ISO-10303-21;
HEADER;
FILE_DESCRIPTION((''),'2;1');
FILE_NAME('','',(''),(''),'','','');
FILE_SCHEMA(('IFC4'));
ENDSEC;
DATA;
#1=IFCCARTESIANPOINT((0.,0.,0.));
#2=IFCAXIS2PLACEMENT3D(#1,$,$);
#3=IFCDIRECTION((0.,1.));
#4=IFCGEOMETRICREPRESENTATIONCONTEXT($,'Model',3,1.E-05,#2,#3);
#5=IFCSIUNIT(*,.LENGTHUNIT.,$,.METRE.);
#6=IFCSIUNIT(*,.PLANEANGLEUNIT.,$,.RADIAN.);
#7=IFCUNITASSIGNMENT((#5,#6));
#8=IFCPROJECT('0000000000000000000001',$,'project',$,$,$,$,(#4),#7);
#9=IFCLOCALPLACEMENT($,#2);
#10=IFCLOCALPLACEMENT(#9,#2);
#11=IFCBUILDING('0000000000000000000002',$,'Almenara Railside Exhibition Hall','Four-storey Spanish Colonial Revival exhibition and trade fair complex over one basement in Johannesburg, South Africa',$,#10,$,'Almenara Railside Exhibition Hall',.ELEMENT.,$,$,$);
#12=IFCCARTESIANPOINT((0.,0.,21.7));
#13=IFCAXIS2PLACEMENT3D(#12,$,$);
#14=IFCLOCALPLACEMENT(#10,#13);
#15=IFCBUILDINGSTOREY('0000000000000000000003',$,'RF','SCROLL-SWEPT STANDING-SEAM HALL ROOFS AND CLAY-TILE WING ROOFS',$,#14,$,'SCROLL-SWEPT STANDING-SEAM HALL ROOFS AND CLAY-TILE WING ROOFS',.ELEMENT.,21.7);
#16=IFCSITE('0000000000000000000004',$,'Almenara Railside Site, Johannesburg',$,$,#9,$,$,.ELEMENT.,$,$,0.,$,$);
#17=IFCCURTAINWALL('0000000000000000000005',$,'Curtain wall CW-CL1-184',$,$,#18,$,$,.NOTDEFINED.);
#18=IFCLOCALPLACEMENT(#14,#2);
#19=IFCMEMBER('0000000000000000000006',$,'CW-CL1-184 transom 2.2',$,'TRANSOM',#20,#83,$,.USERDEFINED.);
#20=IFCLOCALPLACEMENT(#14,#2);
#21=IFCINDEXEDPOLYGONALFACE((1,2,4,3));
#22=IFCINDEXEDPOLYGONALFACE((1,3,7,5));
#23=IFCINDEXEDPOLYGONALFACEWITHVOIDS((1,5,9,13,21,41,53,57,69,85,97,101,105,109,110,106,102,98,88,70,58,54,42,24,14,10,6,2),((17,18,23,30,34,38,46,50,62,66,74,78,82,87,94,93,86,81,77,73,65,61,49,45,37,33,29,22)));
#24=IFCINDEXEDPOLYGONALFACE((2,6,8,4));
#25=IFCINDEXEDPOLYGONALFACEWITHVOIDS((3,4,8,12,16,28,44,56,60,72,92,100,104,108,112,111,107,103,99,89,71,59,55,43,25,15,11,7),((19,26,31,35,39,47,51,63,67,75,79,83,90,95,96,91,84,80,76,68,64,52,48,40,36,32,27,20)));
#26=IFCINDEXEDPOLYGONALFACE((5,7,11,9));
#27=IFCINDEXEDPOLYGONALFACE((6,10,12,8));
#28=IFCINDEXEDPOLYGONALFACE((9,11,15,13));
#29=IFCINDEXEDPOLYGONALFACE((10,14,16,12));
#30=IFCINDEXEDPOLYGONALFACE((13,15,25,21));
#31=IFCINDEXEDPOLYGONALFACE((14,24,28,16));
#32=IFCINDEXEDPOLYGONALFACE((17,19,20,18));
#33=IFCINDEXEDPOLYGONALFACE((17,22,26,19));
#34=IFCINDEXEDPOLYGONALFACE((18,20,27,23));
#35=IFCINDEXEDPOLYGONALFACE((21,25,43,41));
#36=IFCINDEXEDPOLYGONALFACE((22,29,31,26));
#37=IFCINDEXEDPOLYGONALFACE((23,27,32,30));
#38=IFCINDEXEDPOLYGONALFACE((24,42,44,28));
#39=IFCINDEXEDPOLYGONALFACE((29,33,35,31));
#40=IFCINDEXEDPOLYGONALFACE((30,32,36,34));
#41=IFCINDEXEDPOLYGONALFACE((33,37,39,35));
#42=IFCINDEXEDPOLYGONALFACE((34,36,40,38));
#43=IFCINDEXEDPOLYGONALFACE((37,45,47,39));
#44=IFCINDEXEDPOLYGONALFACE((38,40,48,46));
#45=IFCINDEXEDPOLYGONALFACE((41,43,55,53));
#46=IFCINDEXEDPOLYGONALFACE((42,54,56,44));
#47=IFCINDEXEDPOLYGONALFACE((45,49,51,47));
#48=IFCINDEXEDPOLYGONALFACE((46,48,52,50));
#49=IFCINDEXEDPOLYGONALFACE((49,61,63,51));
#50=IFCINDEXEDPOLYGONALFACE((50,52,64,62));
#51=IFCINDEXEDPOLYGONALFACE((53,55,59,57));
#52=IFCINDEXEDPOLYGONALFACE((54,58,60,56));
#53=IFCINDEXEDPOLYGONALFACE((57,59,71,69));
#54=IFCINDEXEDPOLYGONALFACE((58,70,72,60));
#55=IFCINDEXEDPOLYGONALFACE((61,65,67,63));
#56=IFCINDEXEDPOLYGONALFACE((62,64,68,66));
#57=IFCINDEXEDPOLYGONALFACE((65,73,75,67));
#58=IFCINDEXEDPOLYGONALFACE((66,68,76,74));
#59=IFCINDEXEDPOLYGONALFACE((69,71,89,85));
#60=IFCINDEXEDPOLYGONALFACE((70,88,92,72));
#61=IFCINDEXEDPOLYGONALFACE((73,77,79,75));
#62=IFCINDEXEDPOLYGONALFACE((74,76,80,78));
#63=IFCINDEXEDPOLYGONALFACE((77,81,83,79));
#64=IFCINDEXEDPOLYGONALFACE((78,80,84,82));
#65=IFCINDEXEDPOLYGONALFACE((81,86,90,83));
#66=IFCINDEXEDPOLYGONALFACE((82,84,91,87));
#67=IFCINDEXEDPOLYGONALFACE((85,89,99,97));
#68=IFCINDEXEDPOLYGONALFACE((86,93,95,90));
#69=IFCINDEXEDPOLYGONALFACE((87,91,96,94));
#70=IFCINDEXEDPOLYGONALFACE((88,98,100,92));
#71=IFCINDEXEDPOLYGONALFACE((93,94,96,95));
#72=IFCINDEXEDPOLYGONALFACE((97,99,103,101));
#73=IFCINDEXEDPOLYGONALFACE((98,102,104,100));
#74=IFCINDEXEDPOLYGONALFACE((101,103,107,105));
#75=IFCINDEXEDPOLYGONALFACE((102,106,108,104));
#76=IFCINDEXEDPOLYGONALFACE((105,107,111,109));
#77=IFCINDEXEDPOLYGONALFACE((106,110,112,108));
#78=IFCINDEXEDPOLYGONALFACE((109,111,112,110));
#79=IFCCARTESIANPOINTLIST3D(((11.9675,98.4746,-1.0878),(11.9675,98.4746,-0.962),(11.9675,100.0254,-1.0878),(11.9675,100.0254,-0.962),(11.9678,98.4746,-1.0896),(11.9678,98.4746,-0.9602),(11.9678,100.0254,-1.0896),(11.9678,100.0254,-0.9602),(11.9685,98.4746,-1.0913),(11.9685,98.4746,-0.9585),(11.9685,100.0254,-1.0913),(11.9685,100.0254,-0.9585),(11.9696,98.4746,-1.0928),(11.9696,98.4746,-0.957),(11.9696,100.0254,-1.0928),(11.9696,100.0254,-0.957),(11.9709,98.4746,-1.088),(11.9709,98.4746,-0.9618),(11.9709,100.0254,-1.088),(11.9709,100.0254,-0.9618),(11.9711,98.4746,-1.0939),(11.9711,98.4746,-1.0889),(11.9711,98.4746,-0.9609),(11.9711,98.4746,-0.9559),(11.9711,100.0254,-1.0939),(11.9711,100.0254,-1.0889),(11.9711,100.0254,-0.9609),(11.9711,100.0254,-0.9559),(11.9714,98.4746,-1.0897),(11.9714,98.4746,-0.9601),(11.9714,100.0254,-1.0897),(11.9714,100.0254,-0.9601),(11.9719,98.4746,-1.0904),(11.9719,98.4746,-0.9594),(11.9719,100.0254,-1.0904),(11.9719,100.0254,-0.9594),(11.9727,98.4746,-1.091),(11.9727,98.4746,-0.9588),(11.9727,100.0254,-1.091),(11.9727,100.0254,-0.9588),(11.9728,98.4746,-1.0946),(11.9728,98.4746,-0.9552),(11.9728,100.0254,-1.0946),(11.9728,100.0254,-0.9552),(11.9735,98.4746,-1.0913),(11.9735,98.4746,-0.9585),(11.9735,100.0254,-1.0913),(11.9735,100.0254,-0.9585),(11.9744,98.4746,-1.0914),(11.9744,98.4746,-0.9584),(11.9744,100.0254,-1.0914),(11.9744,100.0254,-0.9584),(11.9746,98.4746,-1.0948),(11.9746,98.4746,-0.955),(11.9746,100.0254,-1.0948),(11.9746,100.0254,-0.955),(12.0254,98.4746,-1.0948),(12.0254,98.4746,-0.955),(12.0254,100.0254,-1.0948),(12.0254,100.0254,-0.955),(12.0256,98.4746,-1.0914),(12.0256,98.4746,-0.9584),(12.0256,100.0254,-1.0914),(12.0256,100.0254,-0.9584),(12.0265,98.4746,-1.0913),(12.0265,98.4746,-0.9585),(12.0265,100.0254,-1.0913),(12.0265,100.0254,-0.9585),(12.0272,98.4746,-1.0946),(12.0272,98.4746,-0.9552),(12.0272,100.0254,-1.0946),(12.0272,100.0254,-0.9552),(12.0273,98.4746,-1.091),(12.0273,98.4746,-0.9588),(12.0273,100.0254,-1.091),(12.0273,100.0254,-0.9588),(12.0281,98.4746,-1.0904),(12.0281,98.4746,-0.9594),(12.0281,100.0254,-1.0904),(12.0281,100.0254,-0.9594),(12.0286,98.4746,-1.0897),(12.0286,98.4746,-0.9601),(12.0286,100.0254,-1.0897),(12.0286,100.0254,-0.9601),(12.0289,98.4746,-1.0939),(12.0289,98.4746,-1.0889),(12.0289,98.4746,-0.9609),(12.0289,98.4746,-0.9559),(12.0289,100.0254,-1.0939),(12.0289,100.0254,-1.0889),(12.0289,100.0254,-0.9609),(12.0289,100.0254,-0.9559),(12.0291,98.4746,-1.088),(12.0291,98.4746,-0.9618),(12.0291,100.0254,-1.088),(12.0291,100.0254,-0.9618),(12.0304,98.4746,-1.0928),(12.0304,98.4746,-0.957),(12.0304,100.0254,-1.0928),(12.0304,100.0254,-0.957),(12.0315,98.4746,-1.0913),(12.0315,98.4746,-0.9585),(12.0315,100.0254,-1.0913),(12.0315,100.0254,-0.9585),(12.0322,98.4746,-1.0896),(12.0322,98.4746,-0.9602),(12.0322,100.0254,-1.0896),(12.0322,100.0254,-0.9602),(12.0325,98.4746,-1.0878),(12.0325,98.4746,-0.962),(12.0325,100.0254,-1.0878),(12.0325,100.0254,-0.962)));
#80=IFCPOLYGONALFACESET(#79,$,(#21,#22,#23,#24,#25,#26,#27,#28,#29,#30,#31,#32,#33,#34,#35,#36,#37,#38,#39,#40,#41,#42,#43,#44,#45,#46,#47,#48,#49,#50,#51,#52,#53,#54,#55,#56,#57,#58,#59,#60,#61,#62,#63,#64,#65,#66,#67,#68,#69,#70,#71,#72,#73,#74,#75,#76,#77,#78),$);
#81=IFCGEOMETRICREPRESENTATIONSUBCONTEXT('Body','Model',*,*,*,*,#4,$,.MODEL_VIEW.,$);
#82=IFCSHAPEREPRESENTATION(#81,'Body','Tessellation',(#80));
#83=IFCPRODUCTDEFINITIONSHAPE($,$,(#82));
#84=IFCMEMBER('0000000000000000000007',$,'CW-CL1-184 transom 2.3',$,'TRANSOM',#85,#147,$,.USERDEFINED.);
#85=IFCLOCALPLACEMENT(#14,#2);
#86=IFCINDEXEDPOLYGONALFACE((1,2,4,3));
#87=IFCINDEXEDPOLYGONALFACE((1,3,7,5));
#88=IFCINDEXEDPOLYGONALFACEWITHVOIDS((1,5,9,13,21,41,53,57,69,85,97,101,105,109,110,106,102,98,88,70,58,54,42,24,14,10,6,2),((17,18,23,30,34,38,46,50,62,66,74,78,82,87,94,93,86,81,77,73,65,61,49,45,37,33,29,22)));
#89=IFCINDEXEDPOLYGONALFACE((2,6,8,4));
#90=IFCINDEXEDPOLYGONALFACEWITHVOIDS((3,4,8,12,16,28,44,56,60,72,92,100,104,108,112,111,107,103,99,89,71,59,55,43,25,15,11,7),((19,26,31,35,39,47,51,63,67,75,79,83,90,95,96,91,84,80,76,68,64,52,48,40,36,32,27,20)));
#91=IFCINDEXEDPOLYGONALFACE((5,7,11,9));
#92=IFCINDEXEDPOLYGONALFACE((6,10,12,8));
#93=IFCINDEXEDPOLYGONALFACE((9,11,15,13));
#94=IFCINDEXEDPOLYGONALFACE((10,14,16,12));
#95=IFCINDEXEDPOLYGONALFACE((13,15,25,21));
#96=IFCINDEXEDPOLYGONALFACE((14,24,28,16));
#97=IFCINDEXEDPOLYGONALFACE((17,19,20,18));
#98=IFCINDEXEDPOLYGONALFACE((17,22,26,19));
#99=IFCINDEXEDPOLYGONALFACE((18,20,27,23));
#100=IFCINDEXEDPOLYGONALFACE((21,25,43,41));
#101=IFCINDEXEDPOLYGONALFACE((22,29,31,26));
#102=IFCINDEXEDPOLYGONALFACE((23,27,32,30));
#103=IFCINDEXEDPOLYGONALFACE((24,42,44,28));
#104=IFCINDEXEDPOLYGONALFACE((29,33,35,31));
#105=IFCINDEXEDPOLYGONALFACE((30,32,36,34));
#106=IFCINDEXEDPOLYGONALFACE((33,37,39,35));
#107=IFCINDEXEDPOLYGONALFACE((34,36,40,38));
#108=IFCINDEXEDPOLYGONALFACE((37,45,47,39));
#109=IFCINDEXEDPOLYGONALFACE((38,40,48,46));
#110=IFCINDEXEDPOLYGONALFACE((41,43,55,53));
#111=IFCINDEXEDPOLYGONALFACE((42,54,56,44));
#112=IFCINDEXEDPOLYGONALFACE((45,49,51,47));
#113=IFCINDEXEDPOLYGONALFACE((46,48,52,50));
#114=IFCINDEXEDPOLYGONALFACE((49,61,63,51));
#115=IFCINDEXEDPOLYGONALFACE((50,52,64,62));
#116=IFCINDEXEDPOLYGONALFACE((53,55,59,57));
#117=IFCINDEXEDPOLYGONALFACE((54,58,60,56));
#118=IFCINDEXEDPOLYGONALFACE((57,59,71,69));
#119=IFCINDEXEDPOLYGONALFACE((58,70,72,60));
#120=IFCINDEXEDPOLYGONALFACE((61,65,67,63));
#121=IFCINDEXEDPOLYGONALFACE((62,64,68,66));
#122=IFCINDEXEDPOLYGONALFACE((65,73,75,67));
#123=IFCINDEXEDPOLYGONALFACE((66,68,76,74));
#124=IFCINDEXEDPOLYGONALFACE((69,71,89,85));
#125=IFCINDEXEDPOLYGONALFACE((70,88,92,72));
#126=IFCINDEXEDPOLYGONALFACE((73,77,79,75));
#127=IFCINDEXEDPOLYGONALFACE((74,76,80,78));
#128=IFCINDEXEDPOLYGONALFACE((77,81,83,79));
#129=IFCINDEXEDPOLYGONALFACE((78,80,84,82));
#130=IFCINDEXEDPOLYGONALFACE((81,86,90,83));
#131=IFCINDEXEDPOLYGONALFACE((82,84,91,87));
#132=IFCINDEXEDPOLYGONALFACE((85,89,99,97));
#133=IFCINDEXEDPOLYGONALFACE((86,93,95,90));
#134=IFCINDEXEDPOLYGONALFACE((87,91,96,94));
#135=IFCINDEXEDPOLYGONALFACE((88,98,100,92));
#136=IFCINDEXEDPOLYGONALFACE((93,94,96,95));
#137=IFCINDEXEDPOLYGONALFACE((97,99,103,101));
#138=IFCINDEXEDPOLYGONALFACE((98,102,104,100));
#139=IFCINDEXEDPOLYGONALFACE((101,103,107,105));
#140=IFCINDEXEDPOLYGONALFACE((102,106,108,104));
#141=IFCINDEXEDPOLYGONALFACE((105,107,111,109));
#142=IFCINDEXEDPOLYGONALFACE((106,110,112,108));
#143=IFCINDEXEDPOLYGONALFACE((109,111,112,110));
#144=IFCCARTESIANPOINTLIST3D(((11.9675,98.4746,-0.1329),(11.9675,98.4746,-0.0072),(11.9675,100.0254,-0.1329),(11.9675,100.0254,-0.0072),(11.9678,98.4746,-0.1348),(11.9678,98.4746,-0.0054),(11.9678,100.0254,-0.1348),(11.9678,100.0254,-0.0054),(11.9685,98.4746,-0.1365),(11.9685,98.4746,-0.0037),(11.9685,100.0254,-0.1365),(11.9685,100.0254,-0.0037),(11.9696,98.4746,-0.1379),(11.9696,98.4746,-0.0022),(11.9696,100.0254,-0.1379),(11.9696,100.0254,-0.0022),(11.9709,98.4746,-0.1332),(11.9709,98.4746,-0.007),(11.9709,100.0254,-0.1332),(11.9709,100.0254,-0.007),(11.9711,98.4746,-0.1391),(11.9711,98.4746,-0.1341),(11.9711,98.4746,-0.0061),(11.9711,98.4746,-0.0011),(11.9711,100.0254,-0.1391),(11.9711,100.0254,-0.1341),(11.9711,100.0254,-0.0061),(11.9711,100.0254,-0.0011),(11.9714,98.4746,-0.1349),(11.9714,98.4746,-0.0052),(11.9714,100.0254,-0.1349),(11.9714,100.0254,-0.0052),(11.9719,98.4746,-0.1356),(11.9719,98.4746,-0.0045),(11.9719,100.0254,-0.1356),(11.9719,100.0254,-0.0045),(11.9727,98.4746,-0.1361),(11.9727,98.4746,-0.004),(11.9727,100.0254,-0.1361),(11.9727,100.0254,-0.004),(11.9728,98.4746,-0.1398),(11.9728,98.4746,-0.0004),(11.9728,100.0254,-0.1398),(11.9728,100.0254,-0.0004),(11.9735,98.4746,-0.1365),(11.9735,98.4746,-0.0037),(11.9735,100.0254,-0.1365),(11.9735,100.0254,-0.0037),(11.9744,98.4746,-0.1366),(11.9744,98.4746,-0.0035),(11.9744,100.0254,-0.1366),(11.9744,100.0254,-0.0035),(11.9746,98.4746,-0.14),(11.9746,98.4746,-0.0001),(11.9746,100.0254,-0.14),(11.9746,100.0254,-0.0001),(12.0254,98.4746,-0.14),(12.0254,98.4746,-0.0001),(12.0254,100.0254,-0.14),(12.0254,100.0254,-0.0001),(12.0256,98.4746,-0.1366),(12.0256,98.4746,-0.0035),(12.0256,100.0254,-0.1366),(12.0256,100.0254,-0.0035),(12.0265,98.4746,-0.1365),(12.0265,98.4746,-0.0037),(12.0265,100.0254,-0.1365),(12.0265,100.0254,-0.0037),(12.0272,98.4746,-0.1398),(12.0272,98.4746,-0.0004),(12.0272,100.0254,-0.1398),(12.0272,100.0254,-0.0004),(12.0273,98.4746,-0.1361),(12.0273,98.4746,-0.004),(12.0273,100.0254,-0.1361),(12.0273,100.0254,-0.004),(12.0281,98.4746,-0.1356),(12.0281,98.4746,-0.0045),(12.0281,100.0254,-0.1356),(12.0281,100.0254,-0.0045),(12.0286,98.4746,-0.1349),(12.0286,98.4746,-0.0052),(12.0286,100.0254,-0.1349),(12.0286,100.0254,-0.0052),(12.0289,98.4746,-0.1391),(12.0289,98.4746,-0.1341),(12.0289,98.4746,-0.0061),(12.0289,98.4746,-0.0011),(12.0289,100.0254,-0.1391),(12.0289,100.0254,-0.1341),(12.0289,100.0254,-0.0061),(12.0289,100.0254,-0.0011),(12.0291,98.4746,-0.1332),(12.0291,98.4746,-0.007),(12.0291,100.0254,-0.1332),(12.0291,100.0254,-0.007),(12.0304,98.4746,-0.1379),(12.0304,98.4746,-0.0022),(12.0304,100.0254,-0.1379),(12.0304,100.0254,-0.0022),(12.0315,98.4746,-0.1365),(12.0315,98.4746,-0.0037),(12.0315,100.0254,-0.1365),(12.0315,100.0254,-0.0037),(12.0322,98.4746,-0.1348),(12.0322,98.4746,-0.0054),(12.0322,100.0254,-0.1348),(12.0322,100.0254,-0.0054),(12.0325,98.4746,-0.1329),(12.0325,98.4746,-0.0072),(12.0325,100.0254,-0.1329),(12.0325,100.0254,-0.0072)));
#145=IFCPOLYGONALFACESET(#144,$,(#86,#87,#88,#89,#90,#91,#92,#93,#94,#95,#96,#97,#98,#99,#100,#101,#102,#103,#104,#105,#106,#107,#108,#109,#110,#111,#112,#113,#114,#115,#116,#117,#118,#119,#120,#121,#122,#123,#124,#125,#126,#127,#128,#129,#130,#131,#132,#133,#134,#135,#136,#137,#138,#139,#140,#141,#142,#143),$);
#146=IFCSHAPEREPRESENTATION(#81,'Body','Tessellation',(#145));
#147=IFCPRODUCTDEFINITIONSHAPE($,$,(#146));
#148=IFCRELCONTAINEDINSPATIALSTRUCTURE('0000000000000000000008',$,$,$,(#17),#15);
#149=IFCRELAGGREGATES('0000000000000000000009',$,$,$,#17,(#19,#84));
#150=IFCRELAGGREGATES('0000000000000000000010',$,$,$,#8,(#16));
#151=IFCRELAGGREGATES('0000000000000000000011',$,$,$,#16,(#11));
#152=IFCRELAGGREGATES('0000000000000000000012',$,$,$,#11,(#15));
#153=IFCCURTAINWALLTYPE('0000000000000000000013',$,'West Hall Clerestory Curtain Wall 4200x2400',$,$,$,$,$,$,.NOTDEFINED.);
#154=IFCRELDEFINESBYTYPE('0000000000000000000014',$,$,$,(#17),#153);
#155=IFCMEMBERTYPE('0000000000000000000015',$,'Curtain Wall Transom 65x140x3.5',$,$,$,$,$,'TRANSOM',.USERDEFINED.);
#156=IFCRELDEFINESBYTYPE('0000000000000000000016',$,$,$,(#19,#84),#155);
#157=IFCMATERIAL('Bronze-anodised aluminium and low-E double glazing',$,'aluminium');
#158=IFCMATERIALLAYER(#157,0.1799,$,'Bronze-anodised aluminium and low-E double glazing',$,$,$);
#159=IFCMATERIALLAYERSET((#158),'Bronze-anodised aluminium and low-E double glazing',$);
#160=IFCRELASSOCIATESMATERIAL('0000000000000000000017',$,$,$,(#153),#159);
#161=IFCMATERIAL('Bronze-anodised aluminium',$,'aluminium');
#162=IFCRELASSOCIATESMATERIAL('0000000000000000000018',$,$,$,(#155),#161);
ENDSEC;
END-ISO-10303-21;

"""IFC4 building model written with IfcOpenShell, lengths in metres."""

from ifc_helpers import new_model, si_unit, direction, frame, origin, origin_2d, place, context, subcontext, project, spatial, hollow_rectangle, extrude, material, layer, layer_set, material_profile, profile_set, type_object, element, aggregate, save


model = new_model("IFC4")

# Units and contexts
model_context = context("Model", 3, precision=1e-05, world=origin(), true_north=direction((0.0, 1.0)))
body_context = subcontext(model_context, "Body", "Model", "MODEL_VIEW")
ifc_project = project(units=[si_unit("LENGTHUNIT", "METRE"), si_unit("PLANEANGLEUNIT", "RADIAN")], contexts=[model_context])

# Site, building, storey
site_placement = place(None, origin())
site = spatial("IfcSite", under=ifc_project, at=site_placement, Name="Almenara Railside Site, Johannesburg", CompositionType="ELEMENT", RefElevation=0.0)
building_placement = place(site_placement, origin())
building = spatial("IfcBuilding", under=site, at=building_placement, Name="Almenara Railside Exhibition Hall", Description="Four-storey Spanish Colonial Revival exhibition and trade fair complex over one basement in Johannesburg, South Africa", LongName="Almenara Railside Exhibition Hall", CompositionType="ELEMENT")
storey_placement = place(building_placement, frame((0.0, 0.0, 21.7)))
storey = spatial("IfcBuildingStorey", under=building, at=storey_placement, Name="RF", Description="SCROLL-SWEPT STANDING-SEAM HALL ROOFS AND CLAY-TILE WING ROOFS", LongName="SCROLL-SWEPT STANDING-SEAM HALL ROOFS AND CLAY-TILE WING ROOFS", CompositionType="ELEMENT", Elevation=21.7)

# Shared definitions
ifc_material_1 = material(Name="Bronze-anodised aluminium and low-E double glazing", Category="aluminium")
ifc_layer_1 = layer(ifc_material_1, 0.1799, Name="Bronze-anodised aluminium and low-E double glazing")
ifc_layer_set_1 = layer_set([ifc_layer_1], Name="Bronze-anodised aluminium and low-E double glazing")
curtain_wall_type = type_object("IfcCurtainWallType", Name="West Hall Clerestory Curtain Wall 4200x2400", PredefinedType="NOTDEFINED", material=ifc_layer_set_1)
ifc_material_2 = material(Name="Bronze-anodised aluminium", Category="aluminium")

# Curtain wall, members
curtain_wall_1_placement = place(storey_placement, origin())
curtain_wall_1 = element("IfcCurtainWall", 1, at=curtain_wall_1_placement, inside=storey, type_object=curtain_wall_type, Name="Curtain wall CW-CL1-184", PredefinedType="NOTDEFINED")
ifc_material_profile_1 = material_profile(ifc_material_2, hollow_rectangle(XDim=0.0649, YDim=0.1399, WallThickness=0.0034, InnerFilletRadius=0.0034, OuterFilletRadius=0.0071, at=origin_2d()), Name="ALU-TRN 65x140x3.5")
ifc_profile_set_1 = profile_set([ifc_material_profile_1], Name="Bronze-anodised aluminium")
member_type_1 = type_object("IfcMemberType", Name="Curtain Wall Transom 65x140x3.5", ElementType="TRANSOM", PredefinedType="USERDEFINED", material=ifc_profile_set_1)
member_1_placement = place(storey_placement, frame((12.0, 98.4746, -1.0249), z_axis=(0.0, 1.0, 0.0), x_axis=(-1.0, 0.0, 0.0)))
member_1 = element("IfcMember", 2, at=member_1_placement, type_object=member_type_1, Name="CW-CL1-184 transom 2.2", ObjectType="TRANSOM", PredefinedType="USERDEFINED", context=body_context, shape_type="SweptSolid", body=[
    extrude(hollow_rectangle(XDim=0.0649, YDim=0.1399, WallThickness=0.0034, InnerFilletRadius=0.0034, OuterFilletRadius=0.0071, at=origin_2d()), origin(), (0.0, 0.0, 1.0), 1.5508),
])
member_2_placement = place(storey_placement, frame((12.0, 98.4746, -0.0701), z_axis=(0.0, 1.0, 0.0), x_axis=(-1.0, 0.0, 0.0)))
member_2 = element("IfcMember", 3, at=member_2_placement, type_object=member_type_1, Name="CW-CL1-184 transom 2.3", ObjectType="TRANSOM", PredefinedType="USERDEFINED", context=body_context, shape_type="SweptSolid", body=[
    extrude(hollow_rectangle(XDim=0.0649, YDim=0.1399, WallThickness=0.0034, InnerFilletRadius=0.0034, OuterFilletRadius=0.0071, at=origin_2d()), origin(), (0.0, 0.0, 1.0), 1.5508),
])

aggregate(curtain_wall_1, [member_1, member_2])

save(model, "model.ifc")
